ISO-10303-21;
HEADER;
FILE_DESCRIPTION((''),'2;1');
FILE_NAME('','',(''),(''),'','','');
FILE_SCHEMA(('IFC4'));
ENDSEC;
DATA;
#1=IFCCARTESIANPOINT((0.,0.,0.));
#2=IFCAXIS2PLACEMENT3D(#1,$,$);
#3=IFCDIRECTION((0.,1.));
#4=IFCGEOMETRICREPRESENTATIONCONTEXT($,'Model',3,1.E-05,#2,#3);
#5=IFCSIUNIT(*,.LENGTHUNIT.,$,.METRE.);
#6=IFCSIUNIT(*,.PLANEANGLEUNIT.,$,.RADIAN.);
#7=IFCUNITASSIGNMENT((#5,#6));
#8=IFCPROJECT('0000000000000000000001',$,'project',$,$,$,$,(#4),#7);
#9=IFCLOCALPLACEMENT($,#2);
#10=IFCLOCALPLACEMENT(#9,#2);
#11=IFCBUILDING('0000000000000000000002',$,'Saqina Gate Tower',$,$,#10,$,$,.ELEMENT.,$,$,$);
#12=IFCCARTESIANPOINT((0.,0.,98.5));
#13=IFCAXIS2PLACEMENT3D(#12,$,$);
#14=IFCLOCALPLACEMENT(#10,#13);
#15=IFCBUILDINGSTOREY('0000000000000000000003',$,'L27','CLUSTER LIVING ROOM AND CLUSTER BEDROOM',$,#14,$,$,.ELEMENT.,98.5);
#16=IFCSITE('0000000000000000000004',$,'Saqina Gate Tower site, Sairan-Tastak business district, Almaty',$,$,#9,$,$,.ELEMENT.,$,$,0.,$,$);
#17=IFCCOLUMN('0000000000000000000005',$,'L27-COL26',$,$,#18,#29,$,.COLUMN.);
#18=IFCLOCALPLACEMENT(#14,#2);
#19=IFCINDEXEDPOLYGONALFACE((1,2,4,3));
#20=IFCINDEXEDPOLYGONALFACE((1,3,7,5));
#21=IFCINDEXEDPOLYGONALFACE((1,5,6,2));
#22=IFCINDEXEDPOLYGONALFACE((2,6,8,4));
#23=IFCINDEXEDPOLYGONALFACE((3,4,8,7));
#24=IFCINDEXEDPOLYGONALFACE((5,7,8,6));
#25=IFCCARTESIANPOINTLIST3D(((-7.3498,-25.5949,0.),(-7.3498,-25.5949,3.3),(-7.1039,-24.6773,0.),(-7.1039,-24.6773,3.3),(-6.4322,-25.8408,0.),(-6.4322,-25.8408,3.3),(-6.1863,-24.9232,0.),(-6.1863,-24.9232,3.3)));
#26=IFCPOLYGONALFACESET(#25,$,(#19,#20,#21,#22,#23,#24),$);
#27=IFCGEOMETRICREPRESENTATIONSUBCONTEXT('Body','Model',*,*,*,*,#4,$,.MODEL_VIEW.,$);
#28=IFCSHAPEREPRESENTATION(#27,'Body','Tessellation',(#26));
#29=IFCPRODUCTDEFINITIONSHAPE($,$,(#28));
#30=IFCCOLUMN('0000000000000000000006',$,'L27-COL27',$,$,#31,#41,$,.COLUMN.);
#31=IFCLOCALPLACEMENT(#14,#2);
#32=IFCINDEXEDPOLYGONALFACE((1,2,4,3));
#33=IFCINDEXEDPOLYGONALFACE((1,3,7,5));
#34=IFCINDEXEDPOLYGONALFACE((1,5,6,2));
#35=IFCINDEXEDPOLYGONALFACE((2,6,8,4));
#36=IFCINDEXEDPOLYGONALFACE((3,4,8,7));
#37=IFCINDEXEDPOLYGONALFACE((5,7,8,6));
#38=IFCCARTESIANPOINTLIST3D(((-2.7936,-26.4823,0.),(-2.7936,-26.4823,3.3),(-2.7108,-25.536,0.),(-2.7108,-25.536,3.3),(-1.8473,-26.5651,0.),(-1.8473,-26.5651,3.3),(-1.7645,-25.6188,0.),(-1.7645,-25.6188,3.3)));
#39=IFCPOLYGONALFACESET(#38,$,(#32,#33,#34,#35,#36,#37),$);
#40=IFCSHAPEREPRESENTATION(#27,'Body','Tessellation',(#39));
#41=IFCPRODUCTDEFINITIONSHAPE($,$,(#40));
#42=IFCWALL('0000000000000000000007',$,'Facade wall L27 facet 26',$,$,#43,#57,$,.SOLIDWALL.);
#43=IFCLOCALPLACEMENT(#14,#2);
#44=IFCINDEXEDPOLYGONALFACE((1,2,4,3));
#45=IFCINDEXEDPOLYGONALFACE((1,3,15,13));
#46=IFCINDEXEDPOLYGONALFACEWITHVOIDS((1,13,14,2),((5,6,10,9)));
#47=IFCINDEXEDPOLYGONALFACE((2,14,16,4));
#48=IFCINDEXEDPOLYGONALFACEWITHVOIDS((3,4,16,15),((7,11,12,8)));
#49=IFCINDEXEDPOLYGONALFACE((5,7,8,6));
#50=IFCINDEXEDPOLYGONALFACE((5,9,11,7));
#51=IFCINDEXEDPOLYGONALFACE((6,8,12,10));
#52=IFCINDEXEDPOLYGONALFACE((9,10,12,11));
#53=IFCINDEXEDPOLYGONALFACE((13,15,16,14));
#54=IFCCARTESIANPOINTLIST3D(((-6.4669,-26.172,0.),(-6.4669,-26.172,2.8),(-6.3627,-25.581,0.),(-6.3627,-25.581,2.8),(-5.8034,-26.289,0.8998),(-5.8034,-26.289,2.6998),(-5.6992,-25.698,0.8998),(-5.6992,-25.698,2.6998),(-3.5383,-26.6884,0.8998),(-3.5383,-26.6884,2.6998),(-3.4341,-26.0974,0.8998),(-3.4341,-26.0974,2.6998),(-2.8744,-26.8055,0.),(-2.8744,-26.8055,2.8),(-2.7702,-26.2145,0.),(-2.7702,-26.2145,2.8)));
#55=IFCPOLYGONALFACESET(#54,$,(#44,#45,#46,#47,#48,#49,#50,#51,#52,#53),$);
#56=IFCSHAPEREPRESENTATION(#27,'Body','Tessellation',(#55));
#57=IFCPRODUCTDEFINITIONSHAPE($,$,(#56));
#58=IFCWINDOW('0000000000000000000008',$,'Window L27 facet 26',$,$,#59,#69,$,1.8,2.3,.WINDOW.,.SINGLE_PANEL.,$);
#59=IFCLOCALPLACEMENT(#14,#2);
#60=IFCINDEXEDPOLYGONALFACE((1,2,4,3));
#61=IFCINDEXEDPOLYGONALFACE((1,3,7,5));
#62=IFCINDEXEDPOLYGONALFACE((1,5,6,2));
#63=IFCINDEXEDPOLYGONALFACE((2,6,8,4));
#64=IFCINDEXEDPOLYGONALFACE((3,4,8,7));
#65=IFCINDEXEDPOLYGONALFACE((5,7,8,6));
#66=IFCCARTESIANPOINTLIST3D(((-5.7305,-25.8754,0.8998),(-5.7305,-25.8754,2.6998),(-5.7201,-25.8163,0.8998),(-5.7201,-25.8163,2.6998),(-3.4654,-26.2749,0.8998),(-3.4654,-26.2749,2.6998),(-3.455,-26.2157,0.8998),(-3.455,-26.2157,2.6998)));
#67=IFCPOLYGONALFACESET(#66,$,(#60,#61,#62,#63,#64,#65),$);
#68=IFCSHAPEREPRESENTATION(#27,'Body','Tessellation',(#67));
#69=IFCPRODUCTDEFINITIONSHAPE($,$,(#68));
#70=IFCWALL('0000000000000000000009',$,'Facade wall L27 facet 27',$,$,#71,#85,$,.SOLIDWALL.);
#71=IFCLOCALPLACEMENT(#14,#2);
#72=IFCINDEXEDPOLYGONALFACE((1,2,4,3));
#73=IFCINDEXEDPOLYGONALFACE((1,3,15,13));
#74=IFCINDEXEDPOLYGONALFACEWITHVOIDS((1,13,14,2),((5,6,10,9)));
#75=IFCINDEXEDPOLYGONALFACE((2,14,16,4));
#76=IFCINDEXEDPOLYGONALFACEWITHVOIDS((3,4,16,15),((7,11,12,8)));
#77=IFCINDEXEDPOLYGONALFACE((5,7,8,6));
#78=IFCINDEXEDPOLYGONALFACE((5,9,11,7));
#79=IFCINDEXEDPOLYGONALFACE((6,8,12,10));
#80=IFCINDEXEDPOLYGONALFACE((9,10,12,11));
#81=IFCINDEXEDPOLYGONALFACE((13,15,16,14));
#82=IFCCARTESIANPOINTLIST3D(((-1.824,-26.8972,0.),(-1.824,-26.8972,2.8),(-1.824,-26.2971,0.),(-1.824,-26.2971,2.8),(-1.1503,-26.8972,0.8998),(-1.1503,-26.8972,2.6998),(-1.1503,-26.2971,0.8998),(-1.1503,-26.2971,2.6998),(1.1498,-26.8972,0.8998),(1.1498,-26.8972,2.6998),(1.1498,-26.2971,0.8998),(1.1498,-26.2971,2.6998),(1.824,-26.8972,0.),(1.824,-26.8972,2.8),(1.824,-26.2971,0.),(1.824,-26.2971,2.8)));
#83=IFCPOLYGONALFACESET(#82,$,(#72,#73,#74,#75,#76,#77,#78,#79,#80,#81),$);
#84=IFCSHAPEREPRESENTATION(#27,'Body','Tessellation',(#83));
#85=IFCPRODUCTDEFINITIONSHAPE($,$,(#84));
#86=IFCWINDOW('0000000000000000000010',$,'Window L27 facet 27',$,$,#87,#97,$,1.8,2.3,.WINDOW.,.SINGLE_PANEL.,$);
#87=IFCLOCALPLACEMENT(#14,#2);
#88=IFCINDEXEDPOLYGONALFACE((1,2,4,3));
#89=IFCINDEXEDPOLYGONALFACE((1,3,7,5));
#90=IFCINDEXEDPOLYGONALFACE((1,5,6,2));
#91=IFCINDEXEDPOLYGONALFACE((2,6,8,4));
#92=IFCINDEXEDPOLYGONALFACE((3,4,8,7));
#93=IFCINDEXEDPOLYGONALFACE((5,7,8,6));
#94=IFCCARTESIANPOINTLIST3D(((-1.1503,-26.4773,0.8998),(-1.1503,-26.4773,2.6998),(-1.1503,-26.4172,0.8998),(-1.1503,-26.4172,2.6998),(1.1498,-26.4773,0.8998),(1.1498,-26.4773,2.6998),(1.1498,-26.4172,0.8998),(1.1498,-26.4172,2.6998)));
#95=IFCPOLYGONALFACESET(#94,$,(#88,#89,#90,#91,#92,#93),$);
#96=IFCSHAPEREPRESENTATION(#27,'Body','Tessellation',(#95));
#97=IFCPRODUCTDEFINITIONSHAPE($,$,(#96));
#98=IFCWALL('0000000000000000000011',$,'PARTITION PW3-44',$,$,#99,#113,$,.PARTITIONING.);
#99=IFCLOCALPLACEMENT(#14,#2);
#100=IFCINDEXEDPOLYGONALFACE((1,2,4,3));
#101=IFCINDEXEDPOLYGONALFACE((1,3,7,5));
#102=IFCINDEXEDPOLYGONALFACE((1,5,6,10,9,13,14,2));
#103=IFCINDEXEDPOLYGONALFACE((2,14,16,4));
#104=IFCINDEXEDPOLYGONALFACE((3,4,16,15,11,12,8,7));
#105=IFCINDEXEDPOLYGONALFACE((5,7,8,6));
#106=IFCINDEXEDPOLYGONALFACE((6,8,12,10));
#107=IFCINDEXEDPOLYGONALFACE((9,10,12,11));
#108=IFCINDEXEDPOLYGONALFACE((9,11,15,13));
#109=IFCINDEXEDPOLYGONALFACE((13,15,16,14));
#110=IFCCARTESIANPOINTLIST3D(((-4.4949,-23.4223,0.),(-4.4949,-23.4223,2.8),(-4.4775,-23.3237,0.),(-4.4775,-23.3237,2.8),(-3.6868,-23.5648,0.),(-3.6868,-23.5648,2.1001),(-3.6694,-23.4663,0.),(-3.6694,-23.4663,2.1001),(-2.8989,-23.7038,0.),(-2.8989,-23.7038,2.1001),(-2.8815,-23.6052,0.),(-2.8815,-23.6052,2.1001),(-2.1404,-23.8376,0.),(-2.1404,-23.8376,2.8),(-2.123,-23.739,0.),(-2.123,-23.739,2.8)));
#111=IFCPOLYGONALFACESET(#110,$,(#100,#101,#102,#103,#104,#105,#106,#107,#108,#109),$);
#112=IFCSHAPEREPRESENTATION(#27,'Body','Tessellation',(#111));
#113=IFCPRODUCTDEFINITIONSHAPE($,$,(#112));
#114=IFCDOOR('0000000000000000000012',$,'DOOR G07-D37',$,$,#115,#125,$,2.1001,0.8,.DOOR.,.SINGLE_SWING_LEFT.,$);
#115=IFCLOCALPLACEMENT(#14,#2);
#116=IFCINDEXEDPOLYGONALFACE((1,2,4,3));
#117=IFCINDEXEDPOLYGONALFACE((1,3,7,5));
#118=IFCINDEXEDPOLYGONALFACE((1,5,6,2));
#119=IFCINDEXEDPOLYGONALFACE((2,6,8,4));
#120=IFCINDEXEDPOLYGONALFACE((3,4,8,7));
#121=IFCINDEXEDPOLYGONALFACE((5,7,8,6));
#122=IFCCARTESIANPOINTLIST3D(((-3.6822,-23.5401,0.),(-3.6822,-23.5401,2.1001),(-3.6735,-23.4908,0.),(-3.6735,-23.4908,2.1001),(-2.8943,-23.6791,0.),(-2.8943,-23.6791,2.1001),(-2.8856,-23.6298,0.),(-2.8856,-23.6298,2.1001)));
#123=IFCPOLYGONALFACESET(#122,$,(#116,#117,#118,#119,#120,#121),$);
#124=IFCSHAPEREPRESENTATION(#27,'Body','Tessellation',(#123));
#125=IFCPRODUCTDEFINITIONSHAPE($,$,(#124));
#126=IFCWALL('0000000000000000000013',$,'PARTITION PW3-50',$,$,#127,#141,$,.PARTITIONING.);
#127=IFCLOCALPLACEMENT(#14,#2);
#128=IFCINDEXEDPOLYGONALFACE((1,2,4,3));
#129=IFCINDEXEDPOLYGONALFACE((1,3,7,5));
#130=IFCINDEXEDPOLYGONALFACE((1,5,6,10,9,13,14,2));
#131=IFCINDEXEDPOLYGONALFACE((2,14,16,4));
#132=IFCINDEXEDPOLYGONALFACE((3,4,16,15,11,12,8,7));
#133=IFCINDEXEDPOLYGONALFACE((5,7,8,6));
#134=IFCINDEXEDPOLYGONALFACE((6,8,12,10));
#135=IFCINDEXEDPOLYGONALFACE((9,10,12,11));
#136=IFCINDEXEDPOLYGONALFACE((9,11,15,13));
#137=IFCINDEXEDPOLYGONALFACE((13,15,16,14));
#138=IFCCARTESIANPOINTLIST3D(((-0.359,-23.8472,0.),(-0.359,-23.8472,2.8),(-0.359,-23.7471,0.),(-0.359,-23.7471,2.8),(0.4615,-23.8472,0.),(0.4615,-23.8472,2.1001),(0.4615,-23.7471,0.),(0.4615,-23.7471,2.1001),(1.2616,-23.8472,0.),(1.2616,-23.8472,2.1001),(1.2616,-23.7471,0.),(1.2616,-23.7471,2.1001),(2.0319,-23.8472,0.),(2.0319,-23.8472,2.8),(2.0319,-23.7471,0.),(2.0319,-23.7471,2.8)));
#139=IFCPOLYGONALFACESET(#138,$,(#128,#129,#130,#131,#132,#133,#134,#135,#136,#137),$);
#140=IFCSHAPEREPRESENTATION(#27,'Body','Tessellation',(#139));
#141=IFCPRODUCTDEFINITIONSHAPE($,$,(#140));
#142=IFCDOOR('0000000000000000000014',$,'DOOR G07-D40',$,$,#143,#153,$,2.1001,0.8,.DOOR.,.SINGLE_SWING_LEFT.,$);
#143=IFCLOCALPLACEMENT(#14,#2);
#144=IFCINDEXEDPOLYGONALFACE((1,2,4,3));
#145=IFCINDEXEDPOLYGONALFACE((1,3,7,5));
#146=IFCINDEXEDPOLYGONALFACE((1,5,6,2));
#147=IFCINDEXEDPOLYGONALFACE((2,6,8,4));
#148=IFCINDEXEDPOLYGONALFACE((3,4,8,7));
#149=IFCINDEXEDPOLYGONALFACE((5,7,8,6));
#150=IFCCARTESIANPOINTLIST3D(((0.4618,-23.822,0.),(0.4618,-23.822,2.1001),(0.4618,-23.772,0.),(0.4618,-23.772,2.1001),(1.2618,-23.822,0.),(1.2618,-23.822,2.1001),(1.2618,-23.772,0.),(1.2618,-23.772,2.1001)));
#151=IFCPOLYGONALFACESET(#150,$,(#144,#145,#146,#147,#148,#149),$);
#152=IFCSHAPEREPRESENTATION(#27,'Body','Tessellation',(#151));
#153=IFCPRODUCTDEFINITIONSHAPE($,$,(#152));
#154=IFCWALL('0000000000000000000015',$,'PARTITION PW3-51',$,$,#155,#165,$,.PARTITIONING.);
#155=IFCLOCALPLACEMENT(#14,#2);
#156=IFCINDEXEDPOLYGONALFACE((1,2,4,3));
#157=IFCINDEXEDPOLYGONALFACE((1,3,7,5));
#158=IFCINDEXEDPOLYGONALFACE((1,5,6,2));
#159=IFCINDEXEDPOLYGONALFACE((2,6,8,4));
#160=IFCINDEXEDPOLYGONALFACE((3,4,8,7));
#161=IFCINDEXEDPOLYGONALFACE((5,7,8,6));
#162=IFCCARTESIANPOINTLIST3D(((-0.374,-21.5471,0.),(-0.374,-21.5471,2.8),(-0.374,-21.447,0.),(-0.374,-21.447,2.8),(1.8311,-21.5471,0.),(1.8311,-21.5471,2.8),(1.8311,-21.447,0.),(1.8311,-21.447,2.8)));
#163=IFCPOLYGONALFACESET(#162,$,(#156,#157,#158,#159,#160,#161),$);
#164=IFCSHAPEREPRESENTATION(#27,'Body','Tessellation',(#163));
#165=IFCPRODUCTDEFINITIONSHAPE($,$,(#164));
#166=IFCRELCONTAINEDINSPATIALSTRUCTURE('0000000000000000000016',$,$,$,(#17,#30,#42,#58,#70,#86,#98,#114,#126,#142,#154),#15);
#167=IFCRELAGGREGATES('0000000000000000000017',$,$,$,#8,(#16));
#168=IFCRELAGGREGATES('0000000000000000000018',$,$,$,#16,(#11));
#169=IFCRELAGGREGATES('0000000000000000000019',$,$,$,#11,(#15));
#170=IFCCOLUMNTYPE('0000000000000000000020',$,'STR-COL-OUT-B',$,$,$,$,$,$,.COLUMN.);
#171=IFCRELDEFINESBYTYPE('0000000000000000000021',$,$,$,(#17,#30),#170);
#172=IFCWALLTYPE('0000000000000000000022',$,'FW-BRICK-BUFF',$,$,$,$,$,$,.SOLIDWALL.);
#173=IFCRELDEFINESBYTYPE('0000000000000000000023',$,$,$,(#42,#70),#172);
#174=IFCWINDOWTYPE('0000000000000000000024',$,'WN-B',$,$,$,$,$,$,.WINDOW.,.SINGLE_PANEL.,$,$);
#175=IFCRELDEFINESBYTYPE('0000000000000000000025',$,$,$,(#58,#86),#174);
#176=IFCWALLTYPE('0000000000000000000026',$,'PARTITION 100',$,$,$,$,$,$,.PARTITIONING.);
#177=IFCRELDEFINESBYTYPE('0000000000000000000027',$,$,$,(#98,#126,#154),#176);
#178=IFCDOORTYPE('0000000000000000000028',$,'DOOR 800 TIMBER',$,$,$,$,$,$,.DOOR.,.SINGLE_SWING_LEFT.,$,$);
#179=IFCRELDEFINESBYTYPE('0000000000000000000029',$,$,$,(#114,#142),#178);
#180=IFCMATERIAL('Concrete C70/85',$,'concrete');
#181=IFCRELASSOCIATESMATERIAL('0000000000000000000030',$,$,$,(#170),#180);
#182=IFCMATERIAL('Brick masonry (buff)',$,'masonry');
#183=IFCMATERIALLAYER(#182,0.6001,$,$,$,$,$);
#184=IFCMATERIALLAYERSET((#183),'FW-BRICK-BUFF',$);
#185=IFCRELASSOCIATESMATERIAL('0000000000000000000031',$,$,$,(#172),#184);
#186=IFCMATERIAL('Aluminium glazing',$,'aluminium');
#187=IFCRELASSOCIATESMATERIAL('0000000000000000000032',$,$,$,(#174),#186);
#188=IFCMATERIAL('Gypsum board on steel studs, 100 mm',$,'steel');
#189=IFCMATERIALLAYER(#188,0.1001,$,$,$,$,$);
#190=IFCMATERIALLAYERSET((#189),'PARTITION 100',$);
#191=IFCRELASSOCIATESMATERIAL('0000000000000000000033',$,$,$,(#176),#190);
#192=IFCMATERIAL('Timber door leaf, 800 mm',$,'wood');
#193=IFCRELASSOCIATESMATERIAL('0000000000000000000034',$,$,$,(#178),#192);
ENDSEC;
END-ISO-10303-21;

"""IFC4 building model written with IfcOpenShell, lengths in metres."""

from ifc_helpers import new_model, si_unit, direction, frame, frame_2d, origin, origin_2d, place, context, subcontext, project, spatial, rectangle, extrude, material, layer, layer_set, material_profile, profile_set, type_object, element, fill, save


model = new_model("IFC4")

# Units and contexts
model_context = context("Model", 3, precision=1e-05, world=origin(), true_north=direction((0.0, 1.0)))
body_context = subcontext(model_context, "Body", "Model", "MODEL_VIEW")
ifc_project = project(units=[si_unit("LENGTHUNIT", "METRE"), si_unit("PLANEANGLEUNIT", "RADIAN")], contexts=[model_context])

# Site, building, storey
site_placement = place(None, origin())
site = spatial("IfcSite", under=ifc_project, at=site_placement, Name="Saqina Gate Tower site, Sairan-Tastak business district, Almaty", CompositionType="ELEMENT", RefElevation=0.0)
building_placement = place(site_placement, origin())
building = spatial("IfcBuilding", under=site, at=building_placement, Name="Saqina Gate Tower", CompositionType="ELEMENT")
storey_placement = place(building_placement, frame((0.0, 0.0, 98.5)))
storey = spatial("IfcBuildingStorey", under=building, at=storey_placement, Name="L27", Description="CLUSTER LIVING ROOM AND CLUSTER BEDROOM", CompositionType="ELEMENT", Elevation=98.5)

# Columns
ifc_material_1 = material(Name="Concrete C70/85", Category="concrete")
ifc_material_profile = material_profile(ifc_material_1, rectangle(XDim=0.95, YDim=0.95, at=origin_2d()), Name="RC 950x950")
ifc_profile_set = profile_set([ifc_material_profile], Name="Concrete C70/85")
column_type = type_object("IfcColumnType", Name="STR-COL-OUT-B", PredefinedType="COLUMN", material=ifc_profile_set)
for number, where, z_axis, x_axis, name in (
    (1, (-6.7681, -25.259, 0.0), (0.0, 0.0, 1.0), (-0.258819, -0.965926, 0.0), "L27-COL26"),
    (2, (-2.2791, -26.0505, 0.0), (0.0, 0.0, 1.0), (-0.087156, -0.996195, 0.0), "L27-COL27"),
):
    element("IfcColumn", number, at=place(storey_placement, frame(where, z_axis=z_axis, x_axis=x_axis)), inside=storey, type_object=column_type, Name=name, PredefinedType="COLUMN", context=body_context, shape_type="SweptSolid", body=[
        extrude(rectangle(XDim=0.95, YDim=0.95, at=origin_2d()), origin(), (0.0, 0.0, 1.0), 3.3),
    ])

# Walls, openings, windows
ifc_material_2 = material(Name="Brick masonry (buff)", Category="masonry")
ifc_layer_1 = layer(ifc_material_2, 0.6001)
ifc_layer_set_1 = layer_set([ifc_layer_1], Name="FW-BRICK-BUFF")
wall_type_1 = type_object("IfcWallType", Name="FW-BRICK-BUFF", PredefinedType="SOLIDWALL", material=ifc_layer_set_1)
wall_1_placement = place(storey_placement, frame((-6.4148, -25.8765, 0.0), z_axis=(0.0, 0.0, 1.0), x_axis=(0.984804, -0.173671, 0.0)))
wall_1 = element("IfcWall", 3, at=wall_1_placement, inside=storey, type_object=wall_type_1, Name="Facade wall L27 facet 26", PredefinedType="SOLIDWALL", context=body_context, shape_type="SweptSolid", body=[
    extrude(rectangle(XDim=3.6479, YDim=0.6001, at=frame_2d((1.824, 0.0))), origin(), (0.0, 0.0, 1.0), 2.8),
])
opening_1_placement = place(wall_1_placement, frame((0.6738, 0.0, 0.8999)))
opening_1 = element("IfcOpeningElement", 4, at=opening_1_placement, cuts=wall_1, PredefinedType="OPENING", context=body_context, shape_type="SweptSolid", body=[
    extrude(rectangle(XDim=2.3, YDim=1.8, at=frame_2d((1.1499, 0.8999))), frame((0.0, 0.312, 0.0), z_axis=(0.0, -1.0, 0.0), x_axis=(1.0, 0.0, 0.0)), (0.0, 0.0, 1.0), 0.624),
])
ifc_material_3 = material(Name="Aluminium glazing", Category="aluminium")
window_type = type_object("IfcWindowType", Name="WN-B", PartitioningType="SINGLE_PANEL", PredefinedType="WINDOW", material=ifc_material_3)
window_1_placement = place(opening_1_placement, origin())
window_1 = element("IfcWindow", 5, at=window_1_placement, inside=storey, type_object=window_type, Name="Window L27 facet 26", OverallHeight=1.8, OverallWidth=2.3, PartitioningType="SINGLE_PANEL", PredefinedType="WINDOW", context=body_context, shape_type="SweptSolid", body=[
    extrude(rectangle(XDim=2.3, YDim=1.8, at=frame_2d((1.1499, 0.8999))), frame((0.0, 0.1799, 0.0), z_axis=(0.0, -1.0, 0.0), x_axis=(1.0, 0.0, 0.0)), (0.0, 0.0, 1.0), 0.0601),
])
fill(opening_1, window_1)
wall_2_placement = place(storey_placement, frame((-1.824, -26.5972, 0.0), z_axis=(0.0, 0.0, 1.0), x_axis=(1.0, 0.0, 0.0)))
wall_2 = element("IfcWall", 6, at=wall_2_placement, inside=storey, type_object=wall_type_1, Name="Facade wall L27 facet 27", PredefinedType="SOLIDWALL", context=body_context, shape_type="SweptSolid", body=[
    extrude(rectangle(XDim=3.6479, YDim=0.6001, at=frame_2d((1.824, 0.0))), origin(), (0.0, 0.0, 1.0), 2.8),
])
opening_2_placement = place(wall_2_placement, frame((0.6738, 0.0, 0.8999)))
opening_2 = element("IfcOpeningElement", 7, at=opening_2_placement, cuts=wall_2, PredefinedType="OPENING", context=body_context, shape_type="SweptSolid", body=[
    extrude(rectangle(XDim=2.3, YDim=1.8, at=frame_2d((1.1499, 0.8999))), frame((0.0, 0.312, 0.0), z_axis=(0.0, -1.0, 0.0), x_axis=(1.0, 0.0, 0.0)), (0.0, 0.0, 1.0), 0.624),
])
window_2_placement = place(opening_2_placement, origin())
window_2 = element("IfcWindow", 8, at=window_2_placement, inside=storey, type_object=window_type, Name="Window L27 facet 27", OverallHeight=1.8, OverallWidth=2.3, PartitioningType="SINGLE_PANEL", PredefinedType="WINDOW", context=body_context, shape_type="SweptSolid", body=[
    extrude(rectangle(XDim=2.3, YDim=1.8, at=frame_2d((1.1499, 0.8999))), frame((0.0, 0.1799, 0.0), z_axis=(0.0, -1.0, 0.0), x_axis=(1.0, 0.0, 0.0)), (0.0, 0.0, 1.0), 0.0601),
])
fill(opening_2, window_2)

# Walls, openings, doors
ifc_material_4 = material(Name="Gypsum board on steel studs, 100 mm", Category="steel")
ifc_layer_2 = layer(ifc_material_4, 0.1001)
ifc_layer_set_2 = layer_set([ifc_layer_2], Name="PARTITION 100")
wall_type_2 = type_object("IfcWallType", Name="PARTITION 100", PredefinedType="PARTITIONING", material=ifc_layer_set_2)
wall_3_placement = place(storey_placement, frame((-4.4861, -23.373, 0.0), z_axis=(0.0, 0.0, 1.0), x_axis=(0.984799, -0.173698, 0.0)))
wall_3 = element("IfcWall", 9, at=wall_3_placement, inside=storey, type_object=wall_type_2, Name="PARTITION PW3-44", PredefinedType="PARTITIONING", context=body_context, shape_type="SweptSolid", body=[
    extrude(rectangle(XDim=2.3909, YDim=0.1001, at=frame_2d((1.1953, 0.0))), origin(), (0.0, 0.0, 1.0), 2.8),
])
opening_3_placement = place(wall_3_placement, frame((0.8206, 0.0, 0.0)))
opening_3 = element("IfcOpeningElement", 10, at=opening_3_placement, cuts=wall_3, PredefinedType="OPENING", context=body_context, shape_type="SweptSolid", body=[
    extrude(rectangle(XDim=0.8, YDim=2.1001, at=frame_2d((0.3999, 1.05))), frame((0.0, 0.062, 0.0), z_axis=(0.0, -1.0, 0.0), x_axis=(1.0, 0.0, 0.0)), (0.0, 0.0, 1.0), 0.124),
])
ifc_material_5 = material(Name="Timber door leaf, 800 mm", Category="wood")
door_type_1 = type_object("IfcDoorType", Name="DOOR 800 TIMBER", OperationType="SINGLE_SWING_LEFT", PredefinedType="DOOR", material=ifc_material_5)
door_1_placement = place(opening_3_placement, frame((0.8, 0.0, 0.0), z_axis=(0.0, 0.0, 1.0), x_axis=(-1.0, 0.0, 0.0)))
door_1 = element("IfcDoor", 11, at=door_1_placement, inside=storey, type_object=door_type_1, Name="DOOR G07-D37", OperationType="SINGLE_SWING_LEFT", OverallHeight=2.1001, OverallWidth=0.8, PredefinedType="DOOR", context=body_context, shape_type="SweptSolid", body=[
    extrude(rectangle(XDim=0.8, YDim=2.1001, at=frame_2d((0.3999, 1.05))), frame((0.0, 0.0249, 0.0), z_axis=(0.0, -1.0, 0.0), x_axis=(1.0, 0.0, 0.0)), (0.0, 0.0, 1.0), 0.05),
])
fill(opening_3, door_1)
wall_4_placement = place(storey_placement, frame((-0.3589, -23.7971, 0.0), z_axis=(0.0, 0.0, 1.0), x_axis=(1.0, 0.0, 0.0)))
wall_4 = element("IfcWall", 12, at=wall_4_placement, inside=storey, type_object=wall_type_2, Name="PARTITION PW3-50", PredefinedType="PARTITIONING", context=body_context, shape_type="SweptSolid", body=[
    extrude(rectangle(XDim=2.3909, YDim=0.1001, at=frame_2d((1.1953, 0.0))), origin(), (0.0, 0.0, 1.0), 2.8),
])
opening_4_placement = place(wall_4_placement, frame((0.8206, 0.0, 0.0)))
opening_4 = element("IfcOpeningElement", 13, at=opening_4_placement, cuts=wall_4, PredefinedType="OPENING", context=body_context, shape_type="SweptSolid", body=[
    extrude(rectangle(XDim=0.8, YDim=2.1001, at=frame_2d((0.3999, 1.05))), frame((0.0, 0.062, 0.0), z_axis=(0.0, -1.0, 0.0), x_axis=(1.0, 0.0, 0.0)), (0.0, 0.0, 1.0), 0.124),
])
door_2_placement = place(opening_4_placement, frame((0.8, 0.0, 0.0), z_axis=(0.0, 0.0, 1.0), x_axis=(-1.0, 0.0, 0.0)))
door_2 = element("IfcDoor", 14, at=door_2_placement, inside=storey, type_object=door_type_1, Name="DOOR G07-D40", OperationType="SINGLE_SWING_LEFT", OverallHeight=2.1001, OverallWidth=0.8, PredefinedType="DOOR", context=body_context, shape_type="SweptSolid", body=[
    extrude(rectangle(XDim=0.8, YDim=2.1001, at=frame_2d((0.3999, 1.05))), frame((0.0, 0.0249, 0.0), z_axis=(0.0, -1.0, 0.0), x_axis=(1.0, 0.0, 0.0)), (0.0, 0.0, 1.0), 0.05),
])
fill(opening_4, door_2)

# Wall
wall_5_placement = place(storey_placement, frame((-0.374, -21.4971, 0.0), z_axis=(0.0, 0.0, 1.0), x_axis=(1.0, 0.0, 0.0)))
element("IfcWall", 15, at=wall_5_placement, inside=storey, type_object=wall_type_2, Name="PARTITION PW3-51", PredefinedType="PARTITIONING", context=body_context, shape_type="SweptSolid", body=[
    extrude(rectangle(XDim=2.2051, YDim=0.1001, at=frame_2d((1.1025, 0.0))), origin(), (0.0, 0.0, 1.0), 2.8),
])

save(model, "model.ifc")
